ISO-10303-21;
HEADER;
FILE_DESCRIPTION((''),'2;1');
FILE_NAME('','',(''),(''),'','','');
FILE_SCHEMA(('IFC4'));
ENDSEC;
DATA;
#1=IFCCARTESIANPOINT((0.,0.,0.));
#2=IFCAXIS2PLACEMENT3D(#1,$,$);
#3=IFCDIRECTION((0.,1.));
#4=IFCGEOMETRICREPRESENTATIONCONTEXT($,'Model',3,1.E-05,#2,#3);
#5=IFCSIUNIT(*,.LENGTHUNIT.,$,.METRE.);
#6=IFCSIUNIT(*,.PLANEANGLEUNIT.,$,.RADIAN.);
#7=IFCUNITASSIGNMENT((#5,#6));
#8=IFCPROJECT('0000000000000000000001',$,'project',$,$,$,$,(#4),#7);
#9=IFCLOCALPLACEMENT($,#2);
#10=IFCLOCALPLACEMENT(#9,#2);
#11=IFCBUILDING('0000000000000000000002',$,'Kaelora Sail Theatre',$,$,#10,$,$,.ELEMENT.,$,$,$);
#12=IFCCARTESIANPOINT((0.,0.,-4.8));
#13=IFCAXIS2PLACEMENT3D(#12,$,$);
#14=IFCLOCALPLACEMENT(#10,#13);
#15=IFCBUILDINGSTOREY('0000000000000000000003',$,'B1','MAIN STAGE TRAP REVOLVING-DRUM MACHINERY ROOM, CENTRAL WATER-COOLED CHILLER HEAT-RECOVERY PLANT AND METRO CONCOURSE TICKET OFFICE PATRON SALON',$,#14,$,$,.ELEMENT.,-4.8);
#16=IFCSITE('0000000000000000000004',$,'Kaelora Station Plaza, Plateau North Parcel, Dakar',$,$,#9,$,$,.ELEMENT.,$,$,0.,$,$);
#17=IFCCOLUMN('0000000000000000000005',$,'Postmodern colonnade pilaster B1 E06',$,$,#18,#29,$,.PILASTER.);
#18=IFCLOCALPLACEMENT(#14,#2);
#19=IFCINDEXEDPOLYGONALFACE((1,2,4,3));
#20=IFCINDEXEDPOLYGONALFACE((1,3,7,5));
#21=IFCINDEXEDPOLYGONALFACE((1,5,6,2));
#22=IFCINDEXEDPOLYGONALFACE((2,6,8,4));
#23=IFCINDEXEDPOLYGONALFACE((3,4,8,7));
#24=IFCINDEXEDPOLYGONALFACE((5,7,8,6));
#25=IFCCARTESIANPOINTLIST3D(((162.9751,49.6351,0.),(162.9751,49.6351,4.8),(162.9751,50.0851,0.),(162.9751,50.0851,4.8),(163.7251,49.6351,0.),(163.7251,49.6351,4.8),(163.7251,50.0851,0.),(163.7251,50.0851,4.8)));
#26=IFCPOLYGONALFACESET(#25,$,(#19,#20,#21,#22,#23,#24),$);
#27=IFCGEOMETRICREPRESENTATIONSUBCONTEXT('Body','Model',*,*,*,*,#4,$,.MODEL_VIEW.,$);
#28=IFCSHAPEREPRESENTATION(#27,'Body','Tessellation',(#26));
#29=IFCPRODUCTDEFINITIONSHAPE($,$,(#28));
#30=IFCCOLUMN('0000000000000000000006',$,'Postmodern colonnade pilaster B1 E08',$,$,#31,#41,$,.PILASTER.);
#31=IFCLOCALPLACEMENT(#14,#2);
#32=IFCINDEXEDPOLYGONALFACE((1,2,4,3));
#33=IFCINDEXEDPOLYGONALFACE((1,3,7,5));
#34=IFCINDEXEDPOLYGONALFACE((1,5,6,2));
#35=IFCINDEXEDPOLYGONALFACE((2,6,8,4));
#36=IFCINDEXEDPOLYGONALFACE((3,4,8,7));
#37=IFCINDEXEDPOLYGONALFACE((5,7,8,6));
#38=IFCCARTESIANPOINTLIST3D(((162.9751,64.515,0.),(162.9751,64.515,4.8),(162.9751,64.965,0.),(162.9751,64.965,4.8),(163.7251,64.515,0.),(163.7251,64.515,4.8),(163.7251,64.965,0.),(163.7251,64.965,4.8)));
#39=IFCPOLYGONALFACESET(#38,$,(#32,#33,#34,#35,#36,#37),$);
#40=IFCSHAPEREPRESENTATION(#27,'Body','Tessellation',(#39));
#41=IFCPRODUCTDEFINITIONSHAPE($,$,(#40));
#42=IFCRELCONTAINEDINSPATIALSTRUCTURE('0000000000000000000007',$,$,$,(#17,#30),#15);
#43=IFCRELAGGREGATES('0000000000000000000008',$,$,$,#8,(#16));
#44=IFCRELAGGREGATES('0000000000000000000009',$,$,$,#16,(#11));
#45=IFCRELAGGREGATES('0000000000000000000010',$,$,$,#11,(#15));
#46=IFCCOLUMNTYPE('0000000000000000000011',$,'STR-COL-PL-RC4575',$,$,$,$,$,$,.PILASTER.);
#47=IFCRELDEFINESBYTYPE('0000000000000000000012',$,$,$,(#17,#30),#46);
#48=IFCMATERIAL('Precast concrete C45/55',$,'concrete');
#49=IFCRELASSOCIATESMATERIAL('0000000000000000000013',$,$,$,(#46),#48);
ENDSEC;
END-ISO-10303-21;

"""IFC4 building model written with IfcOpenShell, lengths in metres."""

from ifc_helpers import new_model, si_unit, direction, frame, origin, origin_2d, place, context, subcontext, project, spatial, rectangle, extrude, material, material_profile, profile_set, type_object, element, save


model = new_model("IFC4")

# Units and contexts
model_context = context("Model", 3, precision=1e-05, world=origin(), true_north=direction((0.0, 1.0)))
body_context = subcontext(model_context, "Body", "Model", "MODEL_VIEW")
ifc_project = project(units=[si_unit("LENGTHUNIT", "METRE"), si_unit("PLANEANGLEUNIT", "RADIAN")], contexts=[model_context])

# Site, building, storey
site_placement = place(None, origin())
site = spatial("IfcSite", under=ifc_project, at=site_placement, Name="Kaelora Station Plaza, Plateau North Parcel, Dakar", CompositionType="ELEMENT", RefElevation=0.0)
building_placement = place(site_placement, origin())
building = spatial("IfcBuilding", under=site, at=building_placement, Name="Kaelora Sail Theatre", CompositionType="ELEMENT")
storey_placement = place(building_placement, frame((0.0, 0.0, -4.8)))
storey = spatial("IfcBuildingStorey", under=building, at=storey_placement, Name="B1", Description="MAIN STAGE TRAP REVOLVING-DRUM MACHINERY ROOM, CENTRAL WATER-COOLED CHILLER HEAT-RECOVERY PLANT AND METRO CONCOURSE TICKET OFFICE PATRON SALON", CompositionType="ELEMENT", Elevation=-4.8)

# Columns
ifc_material_1 = material(Name="Precast concrete C45/55", Category="concrete")
ifc_material_profile_1 = material_profile(ifc_material_1, rectangle(XDim=0.45, YDim=0.75, at=origin_2d()), Name="RC-PIL 450x750")
ifc_profile_set_1 = profile_set([ifc_material_profile_1], Name="Precast concrete C45/55")
column_type_1 = type_object("IfcColumnType", Name="STR-COL-PL-RC4575", PredefinedType="PILASTER", material=ifc_profile_set_1)
for number, where, z_axis, x_axis, name in (
    (1, (163.3501, 49.8601, 0.0), (0.0, 0.0, 1.0), (0.0, 1.0, 0.0), "Postmodern colonnade pilaster B1 E06"),
    (2, (163.3501, 64.74, 0.0), (0.0, 0.0, 1.0), (0.0, 1.0, 0.0), "Postmodern colonnade pilaster B1 E08"),
):
    element("IfcColumn", number, at=place(storey_placement, frame(where, z_axis=z_axis, x_axis=x_axis)), inside=storey, type_object=column_type_1, Name=name, PredefinedType="PILASTER", context=body_context, shape_type="SweptSolid", body=[
        extrude(rectangle(XDim=0.45, YDim=0.75, at=origin_2d()), origin(), (0.0, 0.0, 1.0), 4.8),
    ])

save(model, "model.ifc")
